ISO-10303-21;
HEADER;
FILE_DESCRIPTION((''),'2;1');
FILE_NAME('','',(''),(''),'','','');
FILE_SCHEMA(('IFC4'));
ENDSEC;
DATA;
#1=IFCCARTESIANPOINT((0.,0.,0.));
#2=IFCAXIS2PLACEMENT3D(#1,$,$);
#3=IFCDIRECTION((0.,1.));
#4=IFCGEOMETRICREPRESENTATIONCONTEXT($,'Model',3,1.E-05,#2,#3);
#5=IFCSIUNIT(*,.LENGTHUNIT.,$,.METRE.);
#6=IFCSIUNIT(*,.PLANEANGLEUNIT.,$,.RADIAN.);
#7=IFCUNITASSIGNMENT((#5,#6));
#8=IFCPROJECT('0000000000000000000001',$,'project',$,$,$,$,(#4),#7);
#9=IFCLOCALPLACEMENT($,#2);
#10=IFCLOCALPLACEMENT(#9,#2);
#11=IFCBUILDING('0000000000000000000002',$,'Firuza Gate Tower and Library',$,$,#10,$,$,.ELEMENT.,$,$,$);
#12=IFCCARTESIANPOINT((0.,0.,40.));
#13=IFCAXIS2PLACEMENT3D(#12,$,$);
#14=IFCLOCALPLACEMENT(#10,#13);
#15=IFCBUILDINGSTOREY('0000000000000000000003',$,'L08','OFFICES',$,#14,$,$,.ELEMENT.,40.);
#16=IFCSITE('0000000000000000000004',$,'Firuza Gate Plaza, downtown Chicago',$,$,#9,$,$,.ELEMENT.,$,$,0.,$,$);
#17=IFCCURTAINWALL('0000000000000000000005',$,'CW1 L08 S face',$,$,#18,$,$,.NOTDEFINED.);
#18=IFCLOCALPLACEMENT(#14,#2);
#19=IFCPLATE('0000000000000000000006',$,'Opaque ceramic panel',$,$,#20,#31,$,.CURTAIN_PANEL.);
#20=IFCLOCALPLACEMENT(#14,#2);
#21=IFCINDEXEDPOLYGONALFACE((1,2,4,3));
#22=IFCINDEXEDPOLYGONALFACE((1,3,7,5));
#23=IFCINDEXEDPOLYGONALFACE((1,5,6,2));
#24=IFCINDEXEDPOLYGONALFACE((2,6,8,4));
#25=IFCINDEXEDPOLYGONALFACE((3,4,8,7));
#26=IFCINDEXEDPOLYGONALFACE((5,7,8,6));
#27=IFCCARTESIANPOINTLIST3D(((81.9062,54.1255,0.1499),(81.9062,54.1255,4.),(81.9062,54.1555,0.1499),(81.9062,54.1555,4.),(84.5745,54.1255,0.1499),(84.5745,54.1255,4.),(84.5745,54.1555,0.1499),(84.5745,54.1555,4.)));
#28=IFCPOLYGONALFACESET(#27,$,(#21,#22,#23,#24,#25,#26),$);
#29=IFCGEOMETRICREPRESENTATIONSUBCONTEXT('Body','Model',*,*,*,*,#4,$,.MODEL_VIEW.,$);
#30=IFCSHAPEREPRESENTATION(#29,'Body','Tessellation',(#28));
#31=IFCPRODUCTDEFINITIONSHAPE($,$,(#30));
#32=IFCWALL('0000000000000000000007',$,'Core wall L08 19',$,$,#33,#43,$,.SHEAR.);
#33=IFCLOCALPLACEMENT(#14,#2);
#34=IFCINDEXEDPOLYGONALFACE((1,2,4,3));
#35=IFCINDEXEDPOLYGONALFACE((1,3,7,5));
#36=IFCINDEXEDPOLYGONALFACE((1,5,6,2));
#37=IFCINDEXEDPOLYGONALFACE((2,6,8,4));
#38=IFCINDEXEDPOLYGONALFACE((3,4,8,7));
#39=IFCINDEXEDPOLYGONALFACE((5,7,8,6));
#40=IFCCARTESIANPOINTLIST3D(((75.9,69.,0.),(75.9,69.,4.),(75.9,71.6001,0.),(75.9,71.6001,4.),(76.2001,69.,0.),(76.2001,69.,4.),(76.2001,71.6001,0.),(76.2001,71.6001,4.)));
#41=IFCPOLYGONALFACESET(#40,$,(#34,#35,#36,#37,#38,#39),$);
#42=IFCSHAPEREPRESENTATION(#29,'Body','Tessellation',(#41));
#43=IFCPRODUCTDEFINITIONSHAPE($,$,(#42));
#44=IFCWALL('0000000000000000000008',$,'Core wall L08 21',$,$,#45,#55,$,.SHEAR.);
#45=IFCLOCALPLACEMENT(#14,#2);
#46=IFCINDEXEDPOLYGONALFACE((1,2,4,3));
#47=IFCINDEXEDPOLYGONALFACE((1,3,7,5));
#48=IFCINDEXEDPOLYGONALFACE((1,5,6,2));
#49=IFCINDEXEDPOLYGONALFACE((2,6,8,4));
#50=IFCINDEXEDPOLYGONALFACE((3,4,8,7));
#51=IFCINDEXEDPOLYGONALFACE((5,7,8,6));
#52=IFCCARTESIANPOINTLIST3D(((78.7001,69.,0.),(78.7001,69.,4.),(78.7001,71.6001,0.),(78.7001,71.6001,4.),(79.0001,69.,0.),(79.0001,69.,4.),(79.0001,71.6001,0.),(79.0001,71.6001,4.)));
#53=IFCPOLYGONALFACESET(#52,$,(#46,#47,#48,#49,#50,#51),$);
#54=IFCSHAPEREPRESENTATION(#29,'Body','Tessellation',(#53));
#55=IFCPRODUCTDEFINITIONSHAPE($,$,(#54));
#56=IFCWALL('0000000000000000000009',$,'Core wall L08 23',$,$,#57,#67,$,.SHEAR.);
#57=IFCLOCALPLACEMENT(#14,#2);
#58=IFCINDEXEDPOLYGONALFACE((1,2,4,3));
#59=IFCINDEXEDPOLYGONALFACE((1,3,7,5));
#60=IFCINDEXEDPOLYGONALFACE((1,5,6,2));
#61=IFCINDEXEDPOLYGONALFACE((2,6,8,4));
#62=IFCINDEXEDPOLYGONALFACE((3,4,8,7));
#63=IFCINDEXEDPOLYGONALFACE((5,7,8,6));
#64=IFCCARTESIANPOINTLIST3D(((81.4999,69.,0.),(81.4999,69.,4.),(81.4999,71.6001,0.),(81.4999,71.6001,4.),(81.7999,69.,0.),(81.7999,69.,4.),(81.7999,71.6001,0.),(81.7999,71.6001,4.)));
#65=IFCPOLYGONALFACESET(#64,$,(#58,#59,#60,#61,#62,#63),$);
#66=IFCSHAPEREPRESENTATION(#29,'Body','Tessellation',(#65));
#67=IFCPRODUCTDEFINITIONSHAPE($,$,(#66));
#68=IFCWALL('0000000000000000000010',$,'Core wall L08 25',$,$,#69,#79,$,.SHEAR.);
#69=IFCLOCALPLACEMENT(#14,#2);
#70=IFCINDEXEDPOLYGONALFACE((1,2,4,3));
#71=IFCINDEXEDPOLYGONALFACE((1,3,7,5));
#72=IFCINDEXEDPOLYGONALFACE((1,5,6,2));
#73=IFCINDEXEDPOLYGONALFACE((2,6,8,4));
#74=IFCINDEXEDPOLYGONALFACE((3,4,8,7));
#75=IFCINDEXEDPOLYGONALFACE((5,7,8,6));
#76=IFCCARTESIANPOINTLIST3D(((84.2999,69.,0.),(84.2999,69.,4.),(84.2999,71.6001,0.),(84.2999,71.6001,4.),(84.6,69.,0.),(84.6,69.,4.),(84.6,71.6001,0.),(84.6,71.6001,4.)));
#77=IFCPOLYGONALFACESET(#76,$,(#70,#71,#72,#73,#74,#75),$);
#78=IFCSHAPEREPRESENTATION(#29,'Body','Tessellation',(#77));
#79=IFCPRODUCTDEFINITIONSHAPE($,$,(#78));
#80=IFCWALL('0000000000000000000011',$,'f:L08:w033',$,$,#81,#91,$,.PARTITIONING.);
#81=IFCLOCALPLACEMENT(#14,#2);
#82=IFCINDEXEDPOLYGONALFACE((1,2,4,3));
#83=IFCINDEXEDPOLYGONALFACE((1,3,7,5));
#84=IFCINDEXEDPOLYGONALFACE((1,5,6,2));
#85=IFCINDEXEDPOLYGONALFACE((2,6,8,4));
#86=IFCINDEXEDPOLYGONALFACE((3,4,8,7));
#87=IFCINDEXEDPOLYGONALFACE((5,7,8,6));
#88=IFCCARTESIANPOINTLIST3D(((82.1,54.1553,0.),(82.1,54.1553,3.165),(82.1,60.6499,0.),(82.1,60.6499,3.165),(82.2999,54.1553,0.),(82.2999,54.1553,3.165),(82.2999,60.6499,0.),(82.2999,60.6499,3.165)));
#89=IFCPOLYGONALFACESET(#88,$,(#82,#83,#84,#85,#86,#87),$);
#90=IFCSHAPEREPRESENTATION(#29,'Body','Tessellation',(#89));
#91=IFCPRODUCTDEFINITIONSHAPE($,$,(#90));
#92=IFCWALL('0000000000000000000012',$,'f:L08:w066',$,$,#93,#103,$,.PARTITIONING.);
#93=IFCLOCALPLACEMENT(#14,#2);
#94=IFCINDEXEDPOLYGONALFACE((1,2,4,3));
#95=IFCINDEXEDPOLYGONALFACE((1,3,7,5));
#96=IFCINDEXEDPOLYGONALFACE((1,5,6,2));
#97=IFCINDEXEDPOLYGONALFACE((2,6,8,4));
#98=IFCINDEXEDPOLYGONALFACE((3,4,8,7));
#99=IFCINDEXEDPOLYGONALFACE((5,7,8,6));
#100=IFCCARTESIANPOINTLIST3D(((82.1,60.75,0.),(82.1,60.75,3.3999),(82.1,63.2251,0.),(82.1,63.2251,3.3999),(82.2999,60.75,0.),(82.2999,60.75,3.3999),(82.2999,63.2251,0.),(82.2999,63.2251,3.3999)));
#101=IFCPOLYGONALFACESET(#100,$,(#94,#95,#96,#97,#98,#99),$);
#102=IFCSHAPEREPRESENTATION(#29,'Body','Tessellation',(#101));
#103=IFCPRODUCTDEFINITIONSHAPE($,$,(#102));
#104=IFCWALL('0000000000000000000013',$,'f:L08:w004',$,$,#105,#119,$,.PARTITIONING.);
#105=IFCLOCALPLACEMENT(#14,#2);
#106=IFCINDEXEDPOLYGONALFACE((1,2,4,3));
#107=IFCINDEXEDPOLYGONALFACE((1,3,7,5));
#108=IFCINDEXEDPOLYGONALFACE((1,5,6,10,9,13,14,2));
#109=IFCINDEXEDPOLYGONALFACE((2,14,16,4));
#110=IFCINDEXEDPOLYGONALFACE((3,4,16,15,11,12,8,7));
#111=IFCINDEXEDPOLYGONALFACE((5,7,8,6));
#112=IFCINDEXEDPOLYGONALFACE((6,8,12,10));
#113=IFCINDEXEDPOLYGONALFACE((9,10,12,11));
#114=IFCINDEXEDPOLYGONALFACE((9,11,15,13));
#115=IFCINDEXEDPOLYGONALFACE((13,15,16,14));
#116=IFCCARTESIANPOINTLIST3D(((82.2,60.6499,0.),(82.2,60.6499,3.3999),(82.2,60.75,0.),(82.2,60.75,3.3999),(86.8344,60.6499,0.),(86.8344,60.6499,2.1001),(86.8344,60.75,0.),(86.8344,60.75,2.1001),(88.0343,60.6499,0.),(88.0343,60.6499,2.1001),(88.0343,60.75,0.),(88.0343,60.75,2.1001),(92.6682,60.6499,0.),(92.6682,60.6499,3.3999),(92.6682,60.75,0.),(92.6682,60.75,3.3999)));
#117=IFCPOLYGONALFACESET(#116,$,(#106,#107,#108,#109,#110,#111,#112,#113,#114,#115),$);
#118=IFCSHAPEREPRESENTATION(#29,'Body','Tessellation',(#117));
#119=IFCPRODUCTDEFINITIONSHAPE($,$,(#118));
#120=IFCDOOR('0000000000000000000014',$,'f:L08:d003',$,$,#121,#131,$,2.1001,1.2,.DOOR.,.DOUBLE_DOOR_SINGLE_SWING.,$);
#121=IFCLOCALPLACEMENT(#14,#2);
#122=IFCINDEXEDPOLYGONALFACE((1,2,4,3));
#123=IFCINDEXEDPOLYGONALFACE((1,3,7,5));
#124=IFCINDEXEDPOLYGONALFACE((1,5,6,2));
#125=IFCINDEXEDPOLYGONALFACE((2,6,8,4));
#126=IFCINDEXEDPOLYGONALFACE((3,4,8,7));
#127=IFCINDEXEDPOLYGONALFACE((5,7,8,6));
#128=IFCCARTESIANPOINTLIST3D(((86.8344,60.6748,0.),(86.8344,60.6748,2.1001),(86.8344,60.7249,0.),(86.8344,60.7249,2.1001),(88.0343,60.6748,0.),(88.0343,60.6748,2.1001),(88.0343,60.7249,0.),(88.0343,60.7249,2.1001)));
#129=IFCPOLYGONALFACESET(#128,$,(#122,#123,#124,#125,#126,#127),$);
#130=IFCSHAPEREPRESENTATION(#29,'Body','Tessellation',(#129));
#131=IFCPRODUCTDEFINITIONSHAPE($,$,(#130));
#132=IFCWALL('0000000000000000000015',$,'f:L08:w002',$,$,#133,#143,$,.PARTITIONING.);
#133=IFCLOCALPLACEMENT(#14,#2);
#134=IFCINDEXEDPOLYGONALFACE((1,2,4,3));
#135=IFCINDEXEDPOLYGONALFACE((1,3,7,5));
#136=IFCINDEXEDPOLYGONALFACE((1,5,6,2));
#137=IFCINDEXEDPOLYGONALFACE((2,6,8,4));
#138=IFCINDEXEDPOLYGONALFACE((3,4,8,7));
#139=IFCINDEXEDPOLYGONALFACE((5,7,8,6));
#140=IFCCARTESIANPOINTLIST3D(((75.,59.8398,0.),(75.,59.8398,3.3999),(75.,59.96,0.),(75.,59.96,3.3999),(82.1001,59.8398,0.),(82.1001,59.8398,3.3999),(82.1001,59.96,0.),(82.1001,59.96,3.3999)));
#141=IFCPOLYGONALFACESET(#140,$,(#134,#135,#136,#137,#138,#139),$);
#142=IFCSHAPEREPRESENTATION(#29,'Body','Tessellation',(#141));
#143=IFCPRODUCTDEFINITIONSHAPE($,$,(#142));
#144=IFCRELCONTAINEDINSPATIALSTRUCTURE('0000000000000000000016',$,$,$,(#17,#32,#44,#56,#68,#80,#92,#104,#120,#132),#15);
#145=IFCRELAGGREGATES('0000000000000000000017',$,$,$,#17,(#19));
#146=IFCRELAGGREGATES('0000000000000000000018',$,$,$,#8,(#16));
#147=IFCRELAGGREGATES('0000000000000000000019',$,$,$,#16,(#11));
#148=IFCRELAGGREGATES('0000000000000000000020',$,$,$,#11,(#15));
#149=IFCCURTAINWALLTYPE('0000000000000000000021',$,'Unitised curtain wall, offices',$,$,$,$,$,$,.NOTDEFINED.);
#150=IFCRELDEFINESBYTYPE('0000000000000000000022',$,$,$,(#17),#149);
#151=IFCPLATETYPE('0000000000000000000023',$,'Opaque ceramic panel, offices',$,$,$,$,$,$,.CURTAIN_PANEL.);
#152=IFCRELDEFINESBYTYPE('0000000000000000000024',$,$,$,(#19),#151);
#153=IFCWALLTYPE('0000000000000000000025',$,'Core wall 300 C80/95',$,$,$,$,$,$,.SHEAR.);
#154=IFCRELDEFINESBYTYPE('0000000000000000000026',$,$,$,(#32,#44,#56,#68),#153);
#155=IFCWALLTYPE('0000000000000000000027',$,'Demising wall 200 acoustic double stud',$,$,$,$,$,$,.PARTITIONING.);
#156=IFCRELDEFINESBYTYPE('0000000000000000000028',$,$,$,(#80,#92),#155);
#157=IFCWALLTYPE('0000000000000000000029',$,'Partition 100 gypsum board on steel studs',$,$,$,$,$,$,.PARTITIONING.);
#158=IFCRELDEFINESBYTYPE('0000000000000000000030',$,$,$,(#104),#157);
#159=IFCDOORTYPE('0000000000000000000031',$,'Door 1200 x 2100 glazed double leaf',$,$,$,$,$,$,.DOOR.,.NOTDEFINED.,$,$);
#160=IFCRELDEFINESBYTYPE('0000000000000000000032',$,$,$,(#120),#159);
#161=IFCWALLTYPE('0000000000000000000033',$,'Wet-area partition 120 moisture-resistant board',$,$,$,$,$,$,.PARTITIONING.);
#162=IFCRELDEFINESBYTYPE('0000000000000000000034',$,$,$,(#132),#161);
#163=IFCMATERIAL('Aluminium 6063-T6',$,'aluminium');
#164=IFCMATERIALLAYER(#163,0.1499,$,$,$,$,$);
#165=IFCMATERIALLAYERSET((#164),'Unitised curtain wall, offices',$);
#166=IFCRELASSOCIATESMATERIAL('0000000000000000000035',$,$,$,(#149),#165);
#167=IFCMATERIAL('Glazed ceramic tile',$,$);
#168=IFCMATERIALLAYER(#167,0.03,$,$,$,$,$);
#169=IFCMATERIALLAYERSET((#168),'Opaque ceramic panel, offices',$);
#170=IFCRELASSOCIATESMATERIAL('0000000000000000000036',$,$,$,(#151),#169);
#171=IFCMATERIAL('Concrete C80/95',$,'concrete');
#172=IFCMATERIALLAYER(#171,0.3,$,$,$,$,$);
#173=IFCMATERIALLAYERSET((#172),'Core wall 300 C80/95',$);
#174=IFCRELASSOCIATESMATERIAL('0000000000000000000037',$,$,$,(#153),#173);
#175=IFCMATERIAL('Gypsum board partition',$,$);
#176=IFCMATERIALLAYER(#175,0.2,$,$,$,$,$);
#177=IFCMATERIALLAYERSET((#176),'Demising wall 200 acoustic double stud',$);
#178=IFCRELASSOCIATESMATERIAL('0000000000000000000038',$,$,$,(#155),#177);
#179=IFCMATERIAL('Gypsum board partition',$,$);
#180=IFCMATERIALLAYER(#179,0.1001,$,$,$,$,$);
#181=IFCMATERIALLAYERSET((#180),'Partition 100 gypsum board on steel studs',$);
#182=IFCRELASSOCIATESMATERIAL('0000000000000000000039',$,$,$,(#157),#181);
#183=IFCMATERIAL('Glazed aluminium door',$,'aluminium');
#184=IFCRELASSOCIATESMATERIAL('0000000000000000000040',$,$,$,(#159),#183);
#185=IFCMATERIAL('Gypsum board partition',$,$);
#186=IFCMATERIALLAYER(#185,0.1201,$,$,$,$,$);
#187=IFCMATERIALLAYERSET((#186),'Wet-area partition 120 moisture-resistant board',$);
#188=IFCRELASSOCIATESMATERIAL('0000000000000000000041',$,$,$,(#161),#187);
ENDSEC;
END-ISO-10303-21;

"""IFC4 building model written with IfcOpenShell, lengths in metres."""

from ifc_helpers import new_model, si_unit, direction, frame, frame_2d, origin, place, context, subcontext, project, spatial, polyline, rectangle, outline, extrude, material, layer, layer_set, type_object, element, fill, aggregate, save


model = new_model("IFC4")

# Units and contexts
model_context = context("Model", 3, precision=1e-05, world=origin(), true_north=direction((0.0, 1.0)))
body_context = subcontext(model_context, "Body", "Model", "MODEL_VIEW")
ifc_project = project(units=[si_unit("LENGTHUNIT", "METRE"), si_unit("PLANEANGLEUNIT", "RADIAN")], contexts=[model_context])

# Site, building, storey
site_placement = place(None, origin())
site = spatial("IfcSite", under=ifc_project, at=site_placement, Name="Firuza Gate Plaza, downtown Chicago", CompositionType="ELEMENT", RefElevation=0.0)
building_placement = place(site_placement, origin())
building = spatial("IfcBuilding", under=site, at=building_placement, Name="Firuza Gate Tower and Library", CompositionType="ELEMENT")
storey_placement = place(building_placement, frame((0.0, 0.0, 40.0)))
storey = spatial("IfcBuildingStorey", under=building, at=storey_placement, Name="L08", Description="OFFICES", CompositionType="ELEMENT", Elevation=40.0)

# Curtain wall
ifc_material_1 = material(Name="Aluminium 6063-T6", Category="aluminium")
ifc_layer_1 = layer(ifc_material_1, 0.1499)
ifc_layer_set_1 = layer_set([ifc_layer_1], Name="Unitised curtain wall, offices")
curtain_wall_type = type_object("IfcCurtainWallType", Name="Unitised curtain wall, offices", PredefinedType="NOTDEFINED", material=ifc_layer_set_1)
curtain_wall_placement = place(storey_placement, origin())
curtain_wall = element("IfcCurtainWall", 1, at=curtain_wall_placement, inside=storey, type_object=curtain_wall_type, Name="CW1 L08 S face", PredefinedType="NOTDEFINED")

# Plate
ifc_material_2 = material(Name="Glazed ceramic tile")
ifc_layer_2 = layer(ifc_material_2, 0.03)
ifc_layer_set_2 = layer_set([ifc_layer_2], Name="Opaque ceramic panel, offices")
plate_type_1 = type_object("IfcPlateType", Name="Opaque ceramic panel, offices", PredefinedType="CURTAIN_PANEL", material=ifc_layer_set_2)
plate_1_placement = place(storey_placement, frame((81.9062, 54.1255, 0.1499), z_axis=(0.0, -1.0, 0.0), x_axis=(1.0, 0.0, 0.0)))
plate_1 = element("IfcPlate", 2, at=plate_1_placement, type_object=plate_type_1, Name="Opaque ceramic panel", PredefinedType="CURTAIN_PANEL", context=body_context, shape_type="SweptSolid", body=[
    extrude(outline(polyline([(0.0, 0.0), (2.6682, 0.0), (2.6682, 3.8501), (0.0, 3.8501), (0.0, 0.0)])), origin(), (0.0, 0.0, -1.0), 0.03),
])
aggregate(curtain_wall, [plate_1])

# Walls
ifc_material_3 = material(Name="Concrete C80/95", Category="concrete")
ifc_layer_3 = layer(ifc_material_3, 0.3)
ifc_layer_set_3 = layer_set([ifc_layer_3], Name="Core wall 300 C80/95")
wall_type_1 = type_object("IfcWallType", Name="Core wall 300 C80/95", PredefinedType="SHEAR", material=ifc_layer_set_3)
for number, where, z_axis, x_axis, name in (
    (3, (76.05, 69.0, 0.0), (0.0, 0.0, 1.0), (0.0, 1.0, 0.0), "Core wall L08 19"),
    (4, (78.8501, 69.0, 0.0), (0.0, 0.0, 1.0), (0.0, 1.0, 0.0), "Core wall L08 21"),
    (5, (81.6499, 69.0, 0.0), (0.0, 0.0, 1.0), (0.0, 1.0, 0.0), "Core wall L08 23"),
    (6, (84.45, 69.0, 0.0), (0.0, 0.0, 1.0), (0.0, 1.0, 0.0), "Core wall L08 25"),
):
    element("IfcWall", number, at=place(storey_placement, frame(where, z_axis=z_axis, x_axis=x_axis)), inside=storey, type_object=wall_type_1, Name=name, PredefinedType="SHEAR", context=body_context, shape_type="SweptSolid", body=[
        extrude(rectangle(XDim=2.6001, YDim=0.3, at=frame_2d((1.3, 0.0))), origin(), (0.0, 0.0, 1.0), 4.0),
    ])
ifc_material_4 = material(Name="Gypsum board partition")
ifc_layer_4 = layer(ifc_material_4, 0.2)
ifc_layer_set_4 = layer_set([ifc_layer_4], Name="Demising wall 200 acoustic double stud")
wall_type_2 = type_object("IfcWallType", Name="Demising wall 200 acoustic double stud", PredefinedType="PARTITIONING", material=ifc_layer_set_4)
wall_1_placement = place(storey_placement, frame((82.2, 54.1553, 0.0), z_axis=(0.0, 0.0, 1.0), x_axis=(0.0, 1.0, 0.0)))
element("IfcWall", 7, at=wall_1_placement, inside=storey, type_object=wall_type_2, Name="f:L08:w033", PredefinedType="PARTITIONING", context=body_context, shape_type="SweptSolid", body=[
    extrude(rectangle(XDim=6.4946, YDim=0.2, at=frame_2d((3.2473, 0.0))), origin(), (0.0, 0.0, 1.0), 3.165),
])
wall_2_placement = place(storey_placement, frame((82.2, 60.75, 0.0), z_axis=(0.0, 0.0, 1.0), x_axis=(0.0, 1.0, 0.0)))
element("IfcWall", 8, at=wall_2_placement, inside=storey, type_object=wall_type_2, Name="f:L08:w066", PredefinedType="PARTITIONING", context=body_context, shape_type="SweptSolid", body=[
    extrude(rectangle(XDim=2.4751, YDim=0.2, at=frame_2d((1.2375, 0.0))), origin(), (0.0, 0.0, 1.0), 3.3999),
])

# Wall, opening, door
ifc_material_5 = material(Name="Gypsum board partition")
ifc_layer_5 = layer(ifc_material_5, 0.1001)
ifc_layer_set_5 = layer_set([ifc_layer_5], Name="Partition 100 gypsum board on steel studs")
wall_type_3 = type_object("IfcWallType", Name="Partition 100 gypsum board on steel studs", PredefinedType="PARTITIONING", material=ifc_layer_set_5)
wall_3_placement = place(storey_placement, frame((82.2, 60.7, 0.0), z_axis=(0.0, 0.0, 1.0), x_axis=(1.0, 0.0, 0.0)))
wall_3 = element("IfcWall", 9, at=wall_3_placement, inside=storey, type_object=wall_type_3, Name="f:L08:w004", PredefinedType="PARTITIONING", context=body_context, shape_type="SweptSolid", body=[
    extrude(rectangle(XDim=10.4683, YDim=0.1001, at=frame_2d((5.2341, 0.0))), origin(), (0.0, 0.0, 1.0), 3.3999),
])
opening_1_placement = place(wall_3_placement, frame((4.6343, 0.0, 0.0)))
opening_1 = element("IfcOpeningElement", 10, at=opening_1_placement, cuts=wall_3, PredefinedType="OPENING", context=body_context, shape_type="SweptSolid", body=[
    extrude(rectangle(XDim=1.2, YDim=2.1001, at=frame_2d((0.6001, 1.05))), frame((0.0, 0.0601, 0.0), z_axis=(0.0, -1.0, 0.0), x_axis=(1.0, 0.0, 0.0)), (0.0, 0.0, 1.0), 0.1201),
])
ifc_material_6 = material(Name="Glazed aluminium door", Category="aluminium")
door_type_1 = type_object("IfcDoorType", Name="Door 1200 x 2100 glazed double leaf", OperationType="NOTDEFINED", PredefinedType="DOOR", material=ifc_material_6)
door_1_placement = place(opening_1_placement, origin())
door_1 = element("IfcDoor", 11, at=door_1_placement, inside=storey, type_object=door_type_1, Name="f:L08:d003", OperationType="DOUBLE_DOOR_SINGLE_SWING", OverallHeight=2.1001, OverallWidth=1.2, PredefinedType="DOOR", context=body_context, shape_type="SweptSolid", body=[
    extrude(rectangle(XDim=1.2, YDim=2.1001, at=frame_2d((0.6001, 1.05))), frame((0.0, 0.0249, 0.0), z_axis=(0.0, -1.0, 0.0), x_axis=(1.0, 0.0, 0.0)), (0.0, 0.0, 1.0), 0.05),
])
fill(opening_1, door_1)

# Wall
ifc_material_7 = material(Name="Gypsum board partition")
ifc_layer_6 = layer(ifc_material_7, 0.1201)
ifc_layer_set_6 = layer_set([ifc_layer_6], Name="Wet-area partition 120 moisture-resistant board")
wall_type_4 = type_object("IfcWallType", Name="Wet-area partition 120 moisture-resistant board", PredefinedType="PARTITIONING", material=ifc_layer_set_6)
wall_4_placement = place(storey_placement, frame((75.0, 59.8999, 0.0), z_axis=(0.0, 0.0, 1.0), x_axis=(1.0, 0.0, 0.0)))
element("IfcWall", 12, at=wall_4_placement, inside=storey, type_object=wall_type_4, Name="f:L08:w002", PredefinedType="PARTITIONING", context=body_context, shape_type="SweptSolid", body=[
    extrude(rectangle(XDim=7.1001, YDim=0.1201, at=frame_2d((3.55, 0.0))), origin(), (0.0, 0.0, 1.0), 3.3999),
])

save(model, "model.ifc")
